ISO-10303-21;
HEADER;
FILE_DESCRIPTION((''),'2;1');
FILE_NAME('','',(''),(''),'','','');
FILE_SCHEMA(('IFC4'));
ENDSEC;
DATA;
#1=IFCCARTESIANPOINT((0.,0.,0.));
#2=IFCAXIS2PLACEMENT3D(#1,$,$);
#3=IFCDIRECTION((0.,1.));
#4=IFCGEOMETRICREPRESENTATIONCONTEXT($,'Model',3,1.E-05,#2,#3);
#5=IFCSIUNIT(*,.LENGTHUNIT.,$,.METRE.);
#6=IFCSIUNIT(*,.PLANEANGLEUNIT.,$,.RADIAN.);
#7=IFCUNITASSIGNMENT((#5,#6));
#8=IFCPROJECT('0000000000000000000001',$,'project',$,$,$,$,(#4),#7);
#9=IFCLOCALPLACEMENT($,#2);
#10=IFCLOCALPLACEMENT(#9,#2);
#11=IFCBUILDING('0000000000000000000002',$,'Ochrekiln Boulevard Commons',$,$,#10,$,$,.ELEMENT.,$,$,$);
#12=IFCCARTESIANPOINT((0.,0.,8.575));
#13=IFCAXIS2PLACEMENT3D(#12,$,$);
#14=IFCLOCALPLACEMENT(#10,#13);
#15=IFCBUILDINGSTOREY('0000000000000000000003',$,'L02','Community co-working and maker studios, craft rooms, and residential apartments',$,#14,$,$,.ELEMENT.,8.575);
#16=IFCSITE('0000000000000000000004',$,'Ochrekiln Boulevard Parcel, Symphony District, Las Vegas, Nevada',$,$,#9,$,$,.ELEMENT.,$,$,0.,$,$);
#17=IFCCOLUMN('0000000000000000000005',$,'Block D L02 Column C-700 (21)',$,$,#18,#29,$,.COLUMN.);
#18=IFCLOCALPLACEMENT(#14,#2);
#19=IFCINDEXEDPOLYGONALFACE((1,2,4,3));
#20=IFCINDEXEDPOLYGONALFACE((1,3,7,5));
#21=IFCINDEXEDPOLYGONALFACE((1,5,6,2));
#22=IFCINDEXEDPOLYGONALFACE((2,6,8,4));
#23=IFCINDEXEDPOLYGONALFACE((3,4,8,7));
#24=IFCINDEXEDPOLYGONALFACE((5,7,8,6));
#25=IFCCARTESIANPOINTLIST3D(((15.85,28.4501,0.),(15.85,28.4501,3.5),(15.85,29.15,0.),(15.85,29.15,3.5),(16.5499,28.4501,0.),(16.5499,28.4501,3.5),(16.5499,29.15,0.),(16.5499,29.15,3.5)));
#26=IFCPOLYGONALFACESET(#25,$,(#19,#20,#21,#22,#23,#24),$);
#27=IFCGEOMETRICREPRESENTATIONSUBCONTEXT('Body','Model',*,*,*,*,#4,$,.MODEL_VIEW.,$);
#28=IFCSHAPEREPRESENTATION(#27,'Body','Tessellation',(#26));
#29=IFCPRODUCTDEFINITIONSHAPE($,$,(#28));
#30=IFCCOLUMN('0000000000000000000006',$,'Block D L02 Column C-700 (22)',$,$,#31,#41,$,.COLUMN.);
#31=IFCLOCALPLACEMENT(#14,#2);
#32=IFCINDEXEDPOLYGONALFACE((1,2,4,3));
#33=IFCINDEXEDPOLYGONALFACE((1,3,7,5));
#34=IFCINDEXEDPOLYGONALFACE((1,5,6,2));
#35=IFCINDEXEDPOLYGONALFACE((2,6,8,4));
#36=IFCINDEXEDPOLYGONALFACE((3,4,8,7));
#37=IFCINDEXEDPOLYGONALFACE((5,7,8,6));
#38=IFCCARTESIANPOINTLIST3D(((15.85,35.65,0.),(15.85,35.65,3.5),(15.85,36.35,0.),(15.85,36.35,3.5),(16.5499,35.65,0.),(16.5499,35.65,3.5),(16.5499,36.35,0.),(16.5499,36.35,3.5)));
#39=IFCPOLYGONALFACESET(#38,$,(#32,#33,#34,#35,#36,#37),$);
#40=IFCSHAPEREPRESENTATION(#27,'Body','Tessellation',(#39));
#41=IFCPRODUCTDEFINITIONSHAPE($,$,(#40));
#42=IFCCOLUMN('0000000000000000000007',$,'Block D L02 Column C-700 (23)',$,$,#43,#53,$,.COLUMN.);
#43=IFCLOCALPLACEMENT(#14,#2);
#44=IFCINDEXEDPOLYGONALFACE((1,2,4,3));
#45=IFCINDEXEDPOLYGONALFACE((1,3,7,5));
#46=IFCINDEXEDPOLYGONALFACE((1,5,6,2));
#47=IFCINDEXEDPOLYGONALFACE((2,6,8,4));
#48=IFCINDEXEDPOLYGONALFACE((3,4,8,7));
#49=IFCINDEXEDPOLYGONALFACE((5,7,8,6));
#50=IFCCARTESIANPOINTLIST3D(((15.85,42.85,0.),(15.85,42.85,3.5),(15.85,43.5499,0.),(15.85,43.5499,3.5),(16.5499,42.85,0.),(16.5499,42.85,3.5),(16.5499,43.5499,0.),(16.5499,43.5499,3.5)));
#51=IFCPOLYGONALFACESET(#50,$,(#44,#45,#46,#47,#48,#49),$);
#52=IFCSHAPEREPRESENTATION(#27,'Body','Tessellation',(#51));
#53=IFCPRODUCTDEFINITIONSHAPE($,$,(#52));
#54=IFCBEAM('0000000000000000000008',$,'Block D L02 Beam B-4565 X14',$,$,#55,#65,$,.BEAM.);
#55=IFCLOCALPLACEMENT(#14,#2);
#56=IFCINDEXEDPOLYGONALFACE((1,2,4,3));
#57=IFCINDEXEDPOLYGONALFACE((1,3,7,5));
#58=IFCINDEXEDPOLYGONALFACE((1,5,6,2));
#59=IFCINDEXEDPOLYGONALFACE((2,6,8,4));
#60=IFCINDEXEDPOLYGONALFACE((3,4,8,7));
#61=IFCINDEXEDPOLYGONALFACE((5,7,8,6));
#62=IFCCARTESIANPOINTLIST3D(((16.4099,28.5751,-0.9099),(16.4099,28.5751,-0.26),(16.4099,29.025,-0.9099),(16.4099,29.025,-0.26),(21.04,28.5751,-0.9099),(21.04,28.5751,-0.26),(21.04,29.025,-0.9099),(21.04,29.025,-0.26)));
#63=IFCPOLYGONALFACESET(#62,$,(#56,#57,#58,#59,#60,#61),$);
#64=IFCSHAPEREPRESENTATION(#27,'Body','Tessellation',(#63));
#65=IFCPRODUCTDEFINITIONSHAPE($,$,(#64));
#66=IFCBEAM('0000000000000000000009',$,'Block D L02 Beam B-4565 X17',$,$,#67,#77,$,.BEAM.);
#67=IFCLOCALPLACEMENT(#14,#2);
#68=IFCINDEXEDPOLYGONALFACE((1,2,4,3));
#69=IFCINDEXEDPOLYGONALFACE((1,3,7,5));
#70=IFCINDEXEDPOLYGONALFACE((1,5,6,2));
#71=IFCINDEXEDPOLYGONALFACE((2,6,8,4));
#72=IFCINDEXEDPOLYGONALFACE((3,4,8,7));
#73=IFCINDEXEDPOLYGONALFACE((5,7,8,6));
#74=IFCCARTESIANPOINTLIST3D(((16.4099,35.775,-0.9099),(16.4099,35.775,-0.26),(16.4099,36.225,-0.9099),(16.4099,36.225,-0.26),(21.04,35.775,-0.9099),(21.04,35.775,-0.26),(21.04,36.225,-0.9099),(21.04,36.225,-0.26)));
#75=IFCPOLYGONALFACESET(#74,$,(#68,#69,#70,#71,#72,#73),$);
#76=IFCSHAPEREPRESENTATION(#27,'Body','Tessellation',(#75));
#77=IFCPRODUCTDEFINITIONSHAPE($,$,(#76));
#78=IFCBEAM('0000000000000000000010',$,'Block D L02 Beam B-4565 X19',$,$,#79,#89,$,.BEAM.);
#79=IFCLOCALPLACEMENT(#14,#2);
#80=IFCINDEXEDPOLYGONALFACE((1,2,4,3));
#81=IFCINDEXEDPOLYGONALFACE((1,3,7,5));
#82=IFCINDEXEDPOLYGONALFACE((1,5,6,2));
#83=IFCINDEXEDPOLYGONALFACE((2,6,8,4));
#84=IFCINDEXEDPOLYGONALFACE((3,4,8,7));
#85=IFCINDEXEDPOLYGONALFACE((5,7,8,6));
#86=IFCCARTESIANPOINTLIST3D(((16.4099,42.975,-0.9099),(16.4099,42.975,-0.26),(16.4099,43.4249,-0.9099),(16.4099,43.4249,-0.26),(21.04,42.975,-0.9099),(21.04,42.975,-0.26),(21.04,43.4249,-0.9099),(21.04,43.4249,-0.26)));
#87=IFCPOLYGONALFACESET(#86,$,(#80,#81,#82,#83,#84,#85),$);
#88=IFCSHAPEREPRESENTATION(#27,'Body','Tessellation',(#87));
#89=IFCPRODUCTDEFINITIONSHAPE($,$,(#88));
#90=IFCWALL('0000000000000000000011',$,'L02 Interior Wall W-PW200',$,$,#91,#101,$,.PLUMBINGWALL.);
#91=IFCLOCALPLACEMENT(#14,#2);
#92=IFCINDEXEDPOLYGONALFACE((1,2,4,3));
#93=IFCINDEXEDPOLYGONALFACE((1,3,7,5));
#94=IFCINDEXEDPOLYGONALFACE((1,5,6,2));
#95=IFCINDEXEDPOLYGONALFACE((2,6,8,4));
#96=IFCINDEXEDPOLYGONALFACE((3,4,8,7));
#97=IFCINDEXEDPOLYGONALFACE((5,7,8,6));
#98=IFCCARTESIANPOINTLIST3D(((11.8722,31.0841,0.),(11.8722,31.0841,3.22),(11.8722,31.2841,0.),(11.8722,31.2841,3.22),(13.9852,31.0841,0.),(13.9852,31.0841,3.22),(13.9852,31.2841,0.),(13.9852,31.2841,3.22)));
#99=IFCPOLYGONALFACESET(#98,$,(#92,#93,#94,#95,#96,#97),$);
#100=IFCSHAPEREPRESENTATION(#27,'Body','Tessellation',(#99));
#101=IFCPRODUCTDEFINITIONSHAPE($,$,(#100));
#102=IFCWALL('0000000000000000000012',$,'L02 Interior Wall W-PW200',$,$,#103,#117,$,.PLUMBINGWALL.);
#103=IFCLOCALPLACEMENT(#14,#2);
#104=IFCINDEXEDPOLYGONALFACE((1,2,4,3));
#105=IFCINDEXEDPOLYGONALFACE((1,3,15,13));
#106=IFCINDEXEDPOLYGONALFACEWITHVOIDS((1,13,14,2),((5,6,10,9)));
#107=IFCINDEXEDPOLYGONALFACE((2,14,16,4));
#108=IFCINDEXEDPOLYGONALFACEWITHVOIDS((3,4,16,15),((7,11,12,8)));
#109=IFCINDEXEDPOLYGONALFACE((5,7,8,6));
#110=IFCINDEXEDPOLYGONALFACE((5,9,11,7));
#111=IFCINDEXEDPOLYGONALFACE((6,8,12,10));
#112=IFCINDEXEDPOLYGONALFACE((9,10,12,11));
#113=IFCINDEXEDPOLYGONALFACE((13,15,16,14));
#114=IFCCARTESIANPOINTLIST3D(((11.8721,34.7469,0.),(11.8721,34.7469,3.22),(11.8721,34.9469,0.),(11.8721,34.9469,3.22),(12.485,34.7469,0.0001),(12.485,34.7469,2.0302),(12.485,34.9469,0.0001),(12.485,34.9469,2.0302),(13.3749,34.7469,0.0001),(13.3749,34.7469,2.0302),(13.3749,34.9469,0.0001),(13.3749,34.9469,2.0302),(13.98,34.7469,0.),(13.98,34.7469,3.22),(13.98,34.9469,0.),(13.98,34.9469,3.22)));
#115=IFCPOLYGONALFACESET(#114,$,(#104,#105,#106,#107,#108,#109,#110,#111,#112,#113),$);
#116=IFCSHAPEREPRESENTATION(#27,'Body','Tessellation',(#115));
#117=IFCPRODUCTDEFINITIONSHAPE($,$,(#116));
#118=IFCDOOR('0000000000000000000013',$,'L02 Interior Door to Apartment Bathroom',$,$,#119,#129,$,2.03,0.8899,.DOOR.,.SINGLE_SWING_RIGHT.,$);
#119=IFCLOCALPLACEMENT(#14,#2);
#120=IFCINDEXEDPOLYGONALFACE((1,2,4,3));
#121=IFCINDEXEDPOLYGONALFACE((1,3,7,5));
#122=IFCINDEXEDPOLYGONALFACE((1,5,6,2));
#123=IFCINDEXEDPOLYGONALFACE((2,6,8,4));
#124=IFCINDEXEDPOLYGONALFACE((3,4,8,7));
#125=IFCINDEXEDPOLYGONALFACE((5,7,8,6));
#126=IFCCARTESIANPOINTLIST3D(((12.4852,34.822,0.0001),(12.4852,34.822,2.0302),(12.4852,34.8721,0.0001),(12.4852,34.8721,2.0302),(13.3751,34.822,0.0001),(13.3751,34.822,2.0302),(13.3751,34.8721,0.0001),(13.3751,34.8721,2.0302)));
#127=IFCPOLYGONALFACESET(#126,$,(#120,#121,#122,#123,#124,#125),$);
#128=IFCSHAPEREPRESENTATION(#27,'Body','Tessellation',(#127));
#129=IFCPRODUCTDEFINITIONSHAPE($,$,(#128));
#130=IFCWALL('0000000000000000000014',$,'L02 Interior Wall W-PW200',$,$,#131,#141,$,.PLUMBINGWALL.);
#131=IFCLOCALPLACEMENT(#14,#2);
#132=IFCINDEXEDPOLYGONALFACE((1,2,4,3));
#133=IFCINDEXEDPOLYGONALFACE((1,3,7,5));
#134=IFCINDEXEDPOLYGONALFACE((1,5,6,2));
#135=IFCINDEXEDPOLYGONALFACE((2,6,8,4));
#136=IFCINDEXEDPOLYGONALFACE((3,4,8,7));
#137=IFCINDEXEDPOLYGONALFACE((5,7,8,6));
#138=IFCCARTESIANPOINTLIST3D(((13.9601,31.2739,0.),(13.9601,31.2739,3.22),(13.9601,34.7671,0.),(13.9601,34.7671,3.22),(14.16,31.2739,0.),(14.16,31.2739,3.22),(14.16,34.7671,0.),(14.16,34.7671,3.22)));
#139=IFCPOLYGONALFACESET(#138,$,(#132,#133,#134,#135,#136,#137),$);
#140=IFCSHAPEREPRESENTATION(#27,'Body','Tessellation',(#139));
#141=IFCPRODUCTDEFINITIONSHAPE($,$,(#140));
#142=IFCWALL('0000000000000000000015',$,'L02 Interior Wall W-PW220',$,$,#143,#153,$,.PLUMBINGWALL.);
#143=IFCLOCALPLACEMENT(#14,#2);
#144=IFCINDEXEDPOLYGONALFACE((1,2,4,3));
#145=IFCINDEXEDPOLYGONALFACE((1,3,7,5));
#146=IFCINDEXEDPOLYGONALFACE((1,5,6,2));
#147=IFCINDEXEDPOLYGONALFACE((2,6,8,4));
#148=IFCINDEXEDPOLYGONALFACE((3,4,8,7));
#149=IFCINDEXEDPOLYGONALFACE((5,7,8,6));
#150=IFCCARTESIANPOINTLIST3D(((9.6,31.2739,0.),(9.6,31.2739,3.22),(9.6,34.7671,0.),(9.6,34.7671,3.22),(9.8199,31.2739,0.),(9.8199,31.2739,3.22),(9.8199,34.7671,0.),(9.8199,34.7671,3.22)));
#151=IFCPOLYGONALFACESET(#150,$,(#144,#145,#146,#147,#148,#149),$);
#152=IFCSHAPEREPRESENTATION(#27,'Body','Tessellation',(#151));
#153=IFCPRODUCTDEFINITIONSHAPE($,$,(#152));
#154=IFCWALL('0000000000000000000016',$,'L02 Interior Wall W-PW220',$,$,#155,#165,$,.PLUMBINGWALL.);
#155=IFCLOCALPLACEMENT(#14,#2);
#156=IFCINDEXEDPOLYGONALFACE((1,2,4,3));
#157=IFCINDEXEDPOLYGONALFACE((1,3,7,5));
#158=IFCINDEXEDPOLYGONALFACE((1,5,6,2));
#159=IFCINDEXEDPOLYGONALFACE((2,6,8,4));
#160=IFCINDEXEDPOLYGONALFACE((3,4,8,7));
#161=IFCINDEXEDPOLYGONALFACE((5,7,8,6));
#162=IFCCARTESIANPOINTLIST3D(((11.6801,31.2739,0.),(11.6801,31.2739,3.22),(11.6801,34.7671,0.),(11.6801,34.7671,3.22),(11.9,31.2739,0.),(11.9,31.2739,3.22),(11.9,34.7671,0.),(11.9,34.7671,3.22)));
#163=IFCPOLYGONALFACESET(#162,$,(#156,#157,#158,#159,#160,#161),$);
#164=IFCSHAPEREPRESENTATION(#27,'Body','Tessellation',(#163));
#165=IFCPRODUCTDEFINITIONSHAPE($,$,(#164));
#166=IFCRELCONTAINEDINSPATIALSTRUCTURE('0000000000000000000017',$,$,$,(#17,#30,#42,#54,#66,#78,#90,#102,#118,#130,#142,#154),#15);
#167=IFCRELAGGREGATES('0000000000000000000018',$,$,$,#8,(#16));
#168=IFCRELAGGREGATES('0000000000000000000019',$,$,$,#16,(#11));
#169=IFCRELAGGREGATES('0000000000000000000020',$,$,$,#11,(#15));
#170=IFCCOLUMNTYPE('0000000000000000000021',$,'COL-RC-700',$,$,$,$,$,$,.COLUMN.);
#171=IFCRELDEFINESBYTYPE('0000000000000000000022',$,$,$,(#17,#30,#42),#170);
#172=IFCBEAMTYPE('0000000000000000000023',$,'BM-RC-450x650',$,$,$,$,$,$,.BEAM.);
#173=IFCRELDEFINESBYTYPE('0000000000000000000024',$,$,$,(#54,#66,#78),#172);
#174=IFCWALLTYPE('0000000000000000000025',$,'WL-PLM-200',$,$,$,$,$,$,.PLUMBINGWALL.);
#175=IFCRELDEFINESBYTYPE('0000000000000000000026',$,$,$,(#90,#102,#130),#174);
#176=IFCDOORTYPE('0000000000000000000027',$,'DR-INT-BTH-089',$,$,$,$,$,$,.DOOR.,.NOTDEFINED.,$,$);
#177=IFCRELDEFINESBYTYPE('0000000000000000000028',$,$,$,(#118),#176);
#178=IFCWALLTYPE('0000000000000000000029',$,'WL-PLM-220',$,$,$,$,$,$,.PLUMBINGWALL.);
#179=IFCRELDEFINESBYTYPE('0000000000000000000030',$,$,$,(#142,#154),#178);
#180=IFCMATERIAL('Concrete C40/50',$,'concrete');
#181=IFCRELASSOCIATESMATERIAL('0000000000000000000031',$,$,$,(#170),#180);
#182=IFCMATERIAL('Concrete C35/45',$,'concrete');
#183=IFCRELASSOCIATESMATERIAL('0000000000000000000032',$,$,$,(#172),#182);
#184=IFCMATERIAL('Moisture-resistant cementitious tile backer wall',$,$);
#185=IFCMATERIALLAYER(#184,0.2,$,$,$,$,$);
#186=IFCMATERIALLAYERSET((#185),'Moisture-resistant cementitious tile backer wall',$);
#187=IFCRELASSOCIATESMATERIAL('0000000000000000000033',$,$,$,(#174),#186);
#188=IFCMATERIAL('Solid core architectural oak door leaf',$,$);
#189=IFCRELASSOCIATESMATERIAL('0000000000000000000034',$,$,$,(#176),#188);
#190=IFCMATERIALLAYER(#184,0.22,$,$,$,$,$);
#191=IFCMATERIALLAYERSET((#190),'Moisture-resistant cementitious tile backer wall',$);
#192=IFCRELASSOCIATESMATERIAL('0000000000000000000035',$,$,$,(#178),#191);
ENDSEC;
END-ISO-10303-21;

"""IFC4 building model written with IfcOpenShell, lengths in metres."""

from ifc_helpers import new_model, si_unit, direction, frame, frame_2d, origin, origin_2d, place, context, subcontext, project, spatial, rectangle, extrude, material, layer, layer_set, material_profile, profile_set, type_object, element, fill, save


model = new_model("IFC4")

# Units and contexts
model_context = context("Model", 3, precision=1e-05, world=origin(), true_north=direction((0.0, 1.0)))
body_context = subcontext(model_context, "Body", "Model", "MODEL_VIEW")
ifc_project = project(units=[si_unit("LENGTHUNIT", "METRE"), si_unit("PLANEANGLEUNIT", "RADIAN")], contexts=[model_context])

# Site, building, storey
site_placement = place(None, origin())
site = spatial("IfcSite", under=ifc_project, at=site_placement, Name="Ochrekiln Boulevard Parcel, Symphony District, Las Vegas, Nevada", CompositionType="ELEMENT", RefElevation=0.0)
building_placement = place(site_placement, origin())
building = spatial("IfcBuilding", under=site, at=building_placement, Name="Ochrekiln Boulevard Commons", CompositionType="ELEMENT")
storey_placement = place(building_placement, frame((0.0, 0.0, 8.575)))
storey = spatial("IfcBuildingStorey", under=building, at=storey_placement, Name="L02", Description="Community co-working and maker studios, craft rooms, and residential apartments", CompositionType="ELEMENT", Elevation=8.575)

# Columns
ifc_material_1 = material(Name="Concrete C40/50", Category="concrete")
ifc_material_profile_1 = material_profile(ifc_material_1, rectangle(XDim=0.7, YDim=0.7, at=origin_2d()), Name="RC-COL-700x700")
ifc_profile_set_1 = profile_set([ifc_material_profile_1], Name="Concrete C40/50")
column_type = type_object("IfcColumnType", Name="COL-RC-700", PredefinedType="COLUMN", material=ifc_profile_set_1)
for number, where, z_axis, x_axis, name in (
    (1, (16.2, 28.8, 0.0), (0.0, 0.0, 1.0), (1.0, 0.0, 0.0), "Block D L02 Column C-700 (21)"),
    (2, (16.2, 36.0, 0.0), (0.0, 0.0, 1.0), (1.0, 0.0, 0.0), "Block D L02 Column C-700 (22)"),
    (3, (16.2, 43.2, 0.0), (0.0, 0.0, 1.0), (1.0, 0.0, 0.0), "Block D L02 Column C-700 (23)"),
):
    element("IfcColumn", number, at=place(storey_placement, frame(where, z_axis=z_axis, x_axis=x_axis)), inside=storey, type_object=column_type, Name=name, PredefinedType="COLUMN", context=body_context, shape_type="SweptSolid", body=[
        extrude(rectangle(XDim=0.7, YDim=0.7, at=origin_2d()), origin(), (0.0, 0.0, 1.0), 3.5),
    ])

# Beams
ifc_material_2 = material(Name="Concrete C35/45", Category="concrete")
ifc_material_profile_2 = material_profile(ifc_material_2, rectangle(XDim=0.45, YDim=0.6499, at=origin_2d()), Name="RC-BM-450x650")
ifc_profile_set_2 = profile_set([ifc_material_profile_2], Name="Concrete C35/45")
beam_type = type_object("IfcBeamType", Name="BM-RC-450x650", PredefinedType="BEAM", material=ifc_profile_set_2)
for number, where, z_axis, x_axis, name in (
    (4, (16.4099, 28.8, -0.585), (1.0, 0.0, 0.0), (0.0, 1.0, 0.0), "Block D L02 Beam B-4565 X14"),
    (5, (16.4099, 36.0, -0.585), (1.0, 0.0, 0.0), (0.0, 1.0, 0.0), "Block D L02 Beam B-4565 X17"),
    (6, (16.4099, 43.2, -0.585), (1.0, 0.0, 0.0), (0.0, 1.0, 0.0), "Block D L02 Beam B-4565 X19"),
):
    element("IfcBeam", number, at=place(storey_placement, frame(where, z_axis=z_axis, x_axis=x_axis)), inside=storey, type_object=beam_type, Name=name, PredefinedType="BEAM", context=body_context, shape_type="SweptSolid", body=[
        extrude(rectangle(XDim=0.45, YDim=0.6499, at=origin_2d()), origin(), (0.0, 0.0, 1.0), 4.6301),
    ])

# Wall
ifc_material_3 = material(Name="Moisture-resistant cementitious tile backer wall")
ifc_layer_1 = layer(ifc_material_3, 0.2)
ifc_layer_set_1 = layer_set([ifc_layer_1], Name="Moisture-resistant cementitious tile backer wall")
wall_type_1 = type_object("IfcWallType", Name="WL-PLM-200", PredefinedType="PLUMBINGWALL", material=ifc_layer_set_1)
wall_1_placement = place(storey_placement, frame((11.8721, 31.1841, 0.0), z_axis=(0.0, 0.0, 1.0), x_axis=(1.0, 0.0, 0.0)))
element("IfcWall", 7, at=wall_1_placement, inside=storey, type_object=wall_type_1, Name="L02 Interior Wall W-PW200", PredefinedType="PLUMBINGWALL", context=body_context, shape_type="SweptSolid", body=[
    extrude(rectangle(XDim=2.113, YDim=0.2, at=frame_2d((1.0566, 0.0))), origin(), (0.0, 0.0, 1.0), 3.22),
])

# Wall, opening, door
wall_2_placement = place(storey_placement, frame((11.8721, 34.8469, 0.0), z_axis=(0.0, 0.0, 1.0), x_axis=(1.0, 0.0, 0.0)))
wall_2 = element("IfcWall", 8, at=wall_2_placement, inside=storey, type_object=wall_type_1, Name="L02 Interior Wall W-PW200", PredefinedType="PLUMBINGWALL", context=body_context, shape_type="SweptSolid", body=[
    extrude(rectangle(XDim=2.1079, YDim=0.2, at=frame_2d((1.054, 0.0))), origin(), (0.0, 0.0, 1.0), 3.22),
])
opening_1_placement = place(wall_2_placement, frame((0.613, 0.0, 0.0)))
opening_1 = element("IfcOpeningElement", 9, at=opening_1_placement, cuts=wall_2, PredefinedType="OPENING", context=body_context, shape_type="SweptSolid", body=[
    extrude(rectangle(XDim=0.8899, YDim=2.03, at=frame_2d((0.4448, 1.0151))), frame((0.0, 0.1099, 0.0), z_axis=(0.0, -1.0, 0.0), x_axis=(1.0, 0.0, 0.0)), (0.0, 0.0, 1.0), 0.22),
])
ifc_material_4 = material(Name="Solid core architectural oak door leaf")
door_type_1 = type_object("IfcDoorType", Name="DR-INT-BTH-089", OperationType="NOTDEFINED", PredefinedType="DOOR", material=ifc_material_4)
door_1_placement = place(opening_1_placement, frame((0.8899, 0.0, 0.0), z_axis=(0.0, 0.0, 1.0), x_axis=(-1.0, 0.0, 0.0)))
door_1 = element("IfcDoor", 10, at=door_1_placement, inside=storey, type_object=door_type_1, Name="L02 Interior Door to Apartment Bathroom", OperationType="SINGLE_SWING_RIGHT", OverallHeight=2.03, OverallWidth=0.8899, PredefinedType="DOOR", context=body_context, shape_type="SweptSolid", body=[
    extrude(rectangle(XDim=0.8899, YDim=2.03, at=frame_2d((0.4448, 1.0151))), frame((0.0, 0.0249, 0.0), z_axis=(0.0, -1.0, 0.0), x_axis=(1.0, 0.0, 0.0)), (0.0, 0.0, 1.0), 0.05),
])
fill(opening_1, door_1)

# Walls
wall_3_placement = place(storey_placement, frame((14.0601, 31.2739, 0.0), z_axis=(0.0, 0.0, 1.0), x_axis=(0.0, 1.0, 0.0)))
element("IfcWall", 11, at=wall_3_placement, inside=storey, type_object=wall_type_1, Name="L02 Interior Wall W-PW200", PredefinedType="PLUMBINGWALL", context=body_context, shape_type="SweptSolid", body=[
    extrude(rectangle(XDim=3.4932, YDim=0.2, at=frame_2d((1.7466, 0.0))), origin(), (0.0, 0.0, 1.0), 3.22),
])
ifc_layer_2 = layer(ifc_material_3, 0.22)
ifc_layer_set_2 = layer_set([ifc_layer_2], Name="Moisture-resistant cementitious tile backer wall")
wall_type_2 = type_object("IfcWallType", Name="WL-PLM-220", PredefinedType="PLUMBINGWALL", material=ifc_layer_set_2)
for number, where, z_axis, x_axis, name in (
    (12, (9.71, 31.2739, 0.0), (0.0, 0.0, 1.0), (0.0, 1.0, 0.0), "L02 Interior Wall W-PW220"),
    (13, (11.79, 31.2739, 0.0), (0.0, 0.0, 1.0), (0.0, 1.0, 0.0), "L02 Interior Wall W-PW220"),
):
    element("IfcWall", number, at=place(storey_placement, frame(where, z_axis=z_axis, x_axis=x_axis)), inside=storey, type_object=wall_type_2, Name=name, PredefinedType="PLUMBINGWALL", context=body_context, shape_type="SweptSolid", body=[
        extrude(rectangle(XDim=3.4932, YDim=0.22, at=frame_2d((1.7466, 0.0))), origin(), (0.0, 0.0, 1.0), 3.22),
    ])

save(model, "model.ifc")
